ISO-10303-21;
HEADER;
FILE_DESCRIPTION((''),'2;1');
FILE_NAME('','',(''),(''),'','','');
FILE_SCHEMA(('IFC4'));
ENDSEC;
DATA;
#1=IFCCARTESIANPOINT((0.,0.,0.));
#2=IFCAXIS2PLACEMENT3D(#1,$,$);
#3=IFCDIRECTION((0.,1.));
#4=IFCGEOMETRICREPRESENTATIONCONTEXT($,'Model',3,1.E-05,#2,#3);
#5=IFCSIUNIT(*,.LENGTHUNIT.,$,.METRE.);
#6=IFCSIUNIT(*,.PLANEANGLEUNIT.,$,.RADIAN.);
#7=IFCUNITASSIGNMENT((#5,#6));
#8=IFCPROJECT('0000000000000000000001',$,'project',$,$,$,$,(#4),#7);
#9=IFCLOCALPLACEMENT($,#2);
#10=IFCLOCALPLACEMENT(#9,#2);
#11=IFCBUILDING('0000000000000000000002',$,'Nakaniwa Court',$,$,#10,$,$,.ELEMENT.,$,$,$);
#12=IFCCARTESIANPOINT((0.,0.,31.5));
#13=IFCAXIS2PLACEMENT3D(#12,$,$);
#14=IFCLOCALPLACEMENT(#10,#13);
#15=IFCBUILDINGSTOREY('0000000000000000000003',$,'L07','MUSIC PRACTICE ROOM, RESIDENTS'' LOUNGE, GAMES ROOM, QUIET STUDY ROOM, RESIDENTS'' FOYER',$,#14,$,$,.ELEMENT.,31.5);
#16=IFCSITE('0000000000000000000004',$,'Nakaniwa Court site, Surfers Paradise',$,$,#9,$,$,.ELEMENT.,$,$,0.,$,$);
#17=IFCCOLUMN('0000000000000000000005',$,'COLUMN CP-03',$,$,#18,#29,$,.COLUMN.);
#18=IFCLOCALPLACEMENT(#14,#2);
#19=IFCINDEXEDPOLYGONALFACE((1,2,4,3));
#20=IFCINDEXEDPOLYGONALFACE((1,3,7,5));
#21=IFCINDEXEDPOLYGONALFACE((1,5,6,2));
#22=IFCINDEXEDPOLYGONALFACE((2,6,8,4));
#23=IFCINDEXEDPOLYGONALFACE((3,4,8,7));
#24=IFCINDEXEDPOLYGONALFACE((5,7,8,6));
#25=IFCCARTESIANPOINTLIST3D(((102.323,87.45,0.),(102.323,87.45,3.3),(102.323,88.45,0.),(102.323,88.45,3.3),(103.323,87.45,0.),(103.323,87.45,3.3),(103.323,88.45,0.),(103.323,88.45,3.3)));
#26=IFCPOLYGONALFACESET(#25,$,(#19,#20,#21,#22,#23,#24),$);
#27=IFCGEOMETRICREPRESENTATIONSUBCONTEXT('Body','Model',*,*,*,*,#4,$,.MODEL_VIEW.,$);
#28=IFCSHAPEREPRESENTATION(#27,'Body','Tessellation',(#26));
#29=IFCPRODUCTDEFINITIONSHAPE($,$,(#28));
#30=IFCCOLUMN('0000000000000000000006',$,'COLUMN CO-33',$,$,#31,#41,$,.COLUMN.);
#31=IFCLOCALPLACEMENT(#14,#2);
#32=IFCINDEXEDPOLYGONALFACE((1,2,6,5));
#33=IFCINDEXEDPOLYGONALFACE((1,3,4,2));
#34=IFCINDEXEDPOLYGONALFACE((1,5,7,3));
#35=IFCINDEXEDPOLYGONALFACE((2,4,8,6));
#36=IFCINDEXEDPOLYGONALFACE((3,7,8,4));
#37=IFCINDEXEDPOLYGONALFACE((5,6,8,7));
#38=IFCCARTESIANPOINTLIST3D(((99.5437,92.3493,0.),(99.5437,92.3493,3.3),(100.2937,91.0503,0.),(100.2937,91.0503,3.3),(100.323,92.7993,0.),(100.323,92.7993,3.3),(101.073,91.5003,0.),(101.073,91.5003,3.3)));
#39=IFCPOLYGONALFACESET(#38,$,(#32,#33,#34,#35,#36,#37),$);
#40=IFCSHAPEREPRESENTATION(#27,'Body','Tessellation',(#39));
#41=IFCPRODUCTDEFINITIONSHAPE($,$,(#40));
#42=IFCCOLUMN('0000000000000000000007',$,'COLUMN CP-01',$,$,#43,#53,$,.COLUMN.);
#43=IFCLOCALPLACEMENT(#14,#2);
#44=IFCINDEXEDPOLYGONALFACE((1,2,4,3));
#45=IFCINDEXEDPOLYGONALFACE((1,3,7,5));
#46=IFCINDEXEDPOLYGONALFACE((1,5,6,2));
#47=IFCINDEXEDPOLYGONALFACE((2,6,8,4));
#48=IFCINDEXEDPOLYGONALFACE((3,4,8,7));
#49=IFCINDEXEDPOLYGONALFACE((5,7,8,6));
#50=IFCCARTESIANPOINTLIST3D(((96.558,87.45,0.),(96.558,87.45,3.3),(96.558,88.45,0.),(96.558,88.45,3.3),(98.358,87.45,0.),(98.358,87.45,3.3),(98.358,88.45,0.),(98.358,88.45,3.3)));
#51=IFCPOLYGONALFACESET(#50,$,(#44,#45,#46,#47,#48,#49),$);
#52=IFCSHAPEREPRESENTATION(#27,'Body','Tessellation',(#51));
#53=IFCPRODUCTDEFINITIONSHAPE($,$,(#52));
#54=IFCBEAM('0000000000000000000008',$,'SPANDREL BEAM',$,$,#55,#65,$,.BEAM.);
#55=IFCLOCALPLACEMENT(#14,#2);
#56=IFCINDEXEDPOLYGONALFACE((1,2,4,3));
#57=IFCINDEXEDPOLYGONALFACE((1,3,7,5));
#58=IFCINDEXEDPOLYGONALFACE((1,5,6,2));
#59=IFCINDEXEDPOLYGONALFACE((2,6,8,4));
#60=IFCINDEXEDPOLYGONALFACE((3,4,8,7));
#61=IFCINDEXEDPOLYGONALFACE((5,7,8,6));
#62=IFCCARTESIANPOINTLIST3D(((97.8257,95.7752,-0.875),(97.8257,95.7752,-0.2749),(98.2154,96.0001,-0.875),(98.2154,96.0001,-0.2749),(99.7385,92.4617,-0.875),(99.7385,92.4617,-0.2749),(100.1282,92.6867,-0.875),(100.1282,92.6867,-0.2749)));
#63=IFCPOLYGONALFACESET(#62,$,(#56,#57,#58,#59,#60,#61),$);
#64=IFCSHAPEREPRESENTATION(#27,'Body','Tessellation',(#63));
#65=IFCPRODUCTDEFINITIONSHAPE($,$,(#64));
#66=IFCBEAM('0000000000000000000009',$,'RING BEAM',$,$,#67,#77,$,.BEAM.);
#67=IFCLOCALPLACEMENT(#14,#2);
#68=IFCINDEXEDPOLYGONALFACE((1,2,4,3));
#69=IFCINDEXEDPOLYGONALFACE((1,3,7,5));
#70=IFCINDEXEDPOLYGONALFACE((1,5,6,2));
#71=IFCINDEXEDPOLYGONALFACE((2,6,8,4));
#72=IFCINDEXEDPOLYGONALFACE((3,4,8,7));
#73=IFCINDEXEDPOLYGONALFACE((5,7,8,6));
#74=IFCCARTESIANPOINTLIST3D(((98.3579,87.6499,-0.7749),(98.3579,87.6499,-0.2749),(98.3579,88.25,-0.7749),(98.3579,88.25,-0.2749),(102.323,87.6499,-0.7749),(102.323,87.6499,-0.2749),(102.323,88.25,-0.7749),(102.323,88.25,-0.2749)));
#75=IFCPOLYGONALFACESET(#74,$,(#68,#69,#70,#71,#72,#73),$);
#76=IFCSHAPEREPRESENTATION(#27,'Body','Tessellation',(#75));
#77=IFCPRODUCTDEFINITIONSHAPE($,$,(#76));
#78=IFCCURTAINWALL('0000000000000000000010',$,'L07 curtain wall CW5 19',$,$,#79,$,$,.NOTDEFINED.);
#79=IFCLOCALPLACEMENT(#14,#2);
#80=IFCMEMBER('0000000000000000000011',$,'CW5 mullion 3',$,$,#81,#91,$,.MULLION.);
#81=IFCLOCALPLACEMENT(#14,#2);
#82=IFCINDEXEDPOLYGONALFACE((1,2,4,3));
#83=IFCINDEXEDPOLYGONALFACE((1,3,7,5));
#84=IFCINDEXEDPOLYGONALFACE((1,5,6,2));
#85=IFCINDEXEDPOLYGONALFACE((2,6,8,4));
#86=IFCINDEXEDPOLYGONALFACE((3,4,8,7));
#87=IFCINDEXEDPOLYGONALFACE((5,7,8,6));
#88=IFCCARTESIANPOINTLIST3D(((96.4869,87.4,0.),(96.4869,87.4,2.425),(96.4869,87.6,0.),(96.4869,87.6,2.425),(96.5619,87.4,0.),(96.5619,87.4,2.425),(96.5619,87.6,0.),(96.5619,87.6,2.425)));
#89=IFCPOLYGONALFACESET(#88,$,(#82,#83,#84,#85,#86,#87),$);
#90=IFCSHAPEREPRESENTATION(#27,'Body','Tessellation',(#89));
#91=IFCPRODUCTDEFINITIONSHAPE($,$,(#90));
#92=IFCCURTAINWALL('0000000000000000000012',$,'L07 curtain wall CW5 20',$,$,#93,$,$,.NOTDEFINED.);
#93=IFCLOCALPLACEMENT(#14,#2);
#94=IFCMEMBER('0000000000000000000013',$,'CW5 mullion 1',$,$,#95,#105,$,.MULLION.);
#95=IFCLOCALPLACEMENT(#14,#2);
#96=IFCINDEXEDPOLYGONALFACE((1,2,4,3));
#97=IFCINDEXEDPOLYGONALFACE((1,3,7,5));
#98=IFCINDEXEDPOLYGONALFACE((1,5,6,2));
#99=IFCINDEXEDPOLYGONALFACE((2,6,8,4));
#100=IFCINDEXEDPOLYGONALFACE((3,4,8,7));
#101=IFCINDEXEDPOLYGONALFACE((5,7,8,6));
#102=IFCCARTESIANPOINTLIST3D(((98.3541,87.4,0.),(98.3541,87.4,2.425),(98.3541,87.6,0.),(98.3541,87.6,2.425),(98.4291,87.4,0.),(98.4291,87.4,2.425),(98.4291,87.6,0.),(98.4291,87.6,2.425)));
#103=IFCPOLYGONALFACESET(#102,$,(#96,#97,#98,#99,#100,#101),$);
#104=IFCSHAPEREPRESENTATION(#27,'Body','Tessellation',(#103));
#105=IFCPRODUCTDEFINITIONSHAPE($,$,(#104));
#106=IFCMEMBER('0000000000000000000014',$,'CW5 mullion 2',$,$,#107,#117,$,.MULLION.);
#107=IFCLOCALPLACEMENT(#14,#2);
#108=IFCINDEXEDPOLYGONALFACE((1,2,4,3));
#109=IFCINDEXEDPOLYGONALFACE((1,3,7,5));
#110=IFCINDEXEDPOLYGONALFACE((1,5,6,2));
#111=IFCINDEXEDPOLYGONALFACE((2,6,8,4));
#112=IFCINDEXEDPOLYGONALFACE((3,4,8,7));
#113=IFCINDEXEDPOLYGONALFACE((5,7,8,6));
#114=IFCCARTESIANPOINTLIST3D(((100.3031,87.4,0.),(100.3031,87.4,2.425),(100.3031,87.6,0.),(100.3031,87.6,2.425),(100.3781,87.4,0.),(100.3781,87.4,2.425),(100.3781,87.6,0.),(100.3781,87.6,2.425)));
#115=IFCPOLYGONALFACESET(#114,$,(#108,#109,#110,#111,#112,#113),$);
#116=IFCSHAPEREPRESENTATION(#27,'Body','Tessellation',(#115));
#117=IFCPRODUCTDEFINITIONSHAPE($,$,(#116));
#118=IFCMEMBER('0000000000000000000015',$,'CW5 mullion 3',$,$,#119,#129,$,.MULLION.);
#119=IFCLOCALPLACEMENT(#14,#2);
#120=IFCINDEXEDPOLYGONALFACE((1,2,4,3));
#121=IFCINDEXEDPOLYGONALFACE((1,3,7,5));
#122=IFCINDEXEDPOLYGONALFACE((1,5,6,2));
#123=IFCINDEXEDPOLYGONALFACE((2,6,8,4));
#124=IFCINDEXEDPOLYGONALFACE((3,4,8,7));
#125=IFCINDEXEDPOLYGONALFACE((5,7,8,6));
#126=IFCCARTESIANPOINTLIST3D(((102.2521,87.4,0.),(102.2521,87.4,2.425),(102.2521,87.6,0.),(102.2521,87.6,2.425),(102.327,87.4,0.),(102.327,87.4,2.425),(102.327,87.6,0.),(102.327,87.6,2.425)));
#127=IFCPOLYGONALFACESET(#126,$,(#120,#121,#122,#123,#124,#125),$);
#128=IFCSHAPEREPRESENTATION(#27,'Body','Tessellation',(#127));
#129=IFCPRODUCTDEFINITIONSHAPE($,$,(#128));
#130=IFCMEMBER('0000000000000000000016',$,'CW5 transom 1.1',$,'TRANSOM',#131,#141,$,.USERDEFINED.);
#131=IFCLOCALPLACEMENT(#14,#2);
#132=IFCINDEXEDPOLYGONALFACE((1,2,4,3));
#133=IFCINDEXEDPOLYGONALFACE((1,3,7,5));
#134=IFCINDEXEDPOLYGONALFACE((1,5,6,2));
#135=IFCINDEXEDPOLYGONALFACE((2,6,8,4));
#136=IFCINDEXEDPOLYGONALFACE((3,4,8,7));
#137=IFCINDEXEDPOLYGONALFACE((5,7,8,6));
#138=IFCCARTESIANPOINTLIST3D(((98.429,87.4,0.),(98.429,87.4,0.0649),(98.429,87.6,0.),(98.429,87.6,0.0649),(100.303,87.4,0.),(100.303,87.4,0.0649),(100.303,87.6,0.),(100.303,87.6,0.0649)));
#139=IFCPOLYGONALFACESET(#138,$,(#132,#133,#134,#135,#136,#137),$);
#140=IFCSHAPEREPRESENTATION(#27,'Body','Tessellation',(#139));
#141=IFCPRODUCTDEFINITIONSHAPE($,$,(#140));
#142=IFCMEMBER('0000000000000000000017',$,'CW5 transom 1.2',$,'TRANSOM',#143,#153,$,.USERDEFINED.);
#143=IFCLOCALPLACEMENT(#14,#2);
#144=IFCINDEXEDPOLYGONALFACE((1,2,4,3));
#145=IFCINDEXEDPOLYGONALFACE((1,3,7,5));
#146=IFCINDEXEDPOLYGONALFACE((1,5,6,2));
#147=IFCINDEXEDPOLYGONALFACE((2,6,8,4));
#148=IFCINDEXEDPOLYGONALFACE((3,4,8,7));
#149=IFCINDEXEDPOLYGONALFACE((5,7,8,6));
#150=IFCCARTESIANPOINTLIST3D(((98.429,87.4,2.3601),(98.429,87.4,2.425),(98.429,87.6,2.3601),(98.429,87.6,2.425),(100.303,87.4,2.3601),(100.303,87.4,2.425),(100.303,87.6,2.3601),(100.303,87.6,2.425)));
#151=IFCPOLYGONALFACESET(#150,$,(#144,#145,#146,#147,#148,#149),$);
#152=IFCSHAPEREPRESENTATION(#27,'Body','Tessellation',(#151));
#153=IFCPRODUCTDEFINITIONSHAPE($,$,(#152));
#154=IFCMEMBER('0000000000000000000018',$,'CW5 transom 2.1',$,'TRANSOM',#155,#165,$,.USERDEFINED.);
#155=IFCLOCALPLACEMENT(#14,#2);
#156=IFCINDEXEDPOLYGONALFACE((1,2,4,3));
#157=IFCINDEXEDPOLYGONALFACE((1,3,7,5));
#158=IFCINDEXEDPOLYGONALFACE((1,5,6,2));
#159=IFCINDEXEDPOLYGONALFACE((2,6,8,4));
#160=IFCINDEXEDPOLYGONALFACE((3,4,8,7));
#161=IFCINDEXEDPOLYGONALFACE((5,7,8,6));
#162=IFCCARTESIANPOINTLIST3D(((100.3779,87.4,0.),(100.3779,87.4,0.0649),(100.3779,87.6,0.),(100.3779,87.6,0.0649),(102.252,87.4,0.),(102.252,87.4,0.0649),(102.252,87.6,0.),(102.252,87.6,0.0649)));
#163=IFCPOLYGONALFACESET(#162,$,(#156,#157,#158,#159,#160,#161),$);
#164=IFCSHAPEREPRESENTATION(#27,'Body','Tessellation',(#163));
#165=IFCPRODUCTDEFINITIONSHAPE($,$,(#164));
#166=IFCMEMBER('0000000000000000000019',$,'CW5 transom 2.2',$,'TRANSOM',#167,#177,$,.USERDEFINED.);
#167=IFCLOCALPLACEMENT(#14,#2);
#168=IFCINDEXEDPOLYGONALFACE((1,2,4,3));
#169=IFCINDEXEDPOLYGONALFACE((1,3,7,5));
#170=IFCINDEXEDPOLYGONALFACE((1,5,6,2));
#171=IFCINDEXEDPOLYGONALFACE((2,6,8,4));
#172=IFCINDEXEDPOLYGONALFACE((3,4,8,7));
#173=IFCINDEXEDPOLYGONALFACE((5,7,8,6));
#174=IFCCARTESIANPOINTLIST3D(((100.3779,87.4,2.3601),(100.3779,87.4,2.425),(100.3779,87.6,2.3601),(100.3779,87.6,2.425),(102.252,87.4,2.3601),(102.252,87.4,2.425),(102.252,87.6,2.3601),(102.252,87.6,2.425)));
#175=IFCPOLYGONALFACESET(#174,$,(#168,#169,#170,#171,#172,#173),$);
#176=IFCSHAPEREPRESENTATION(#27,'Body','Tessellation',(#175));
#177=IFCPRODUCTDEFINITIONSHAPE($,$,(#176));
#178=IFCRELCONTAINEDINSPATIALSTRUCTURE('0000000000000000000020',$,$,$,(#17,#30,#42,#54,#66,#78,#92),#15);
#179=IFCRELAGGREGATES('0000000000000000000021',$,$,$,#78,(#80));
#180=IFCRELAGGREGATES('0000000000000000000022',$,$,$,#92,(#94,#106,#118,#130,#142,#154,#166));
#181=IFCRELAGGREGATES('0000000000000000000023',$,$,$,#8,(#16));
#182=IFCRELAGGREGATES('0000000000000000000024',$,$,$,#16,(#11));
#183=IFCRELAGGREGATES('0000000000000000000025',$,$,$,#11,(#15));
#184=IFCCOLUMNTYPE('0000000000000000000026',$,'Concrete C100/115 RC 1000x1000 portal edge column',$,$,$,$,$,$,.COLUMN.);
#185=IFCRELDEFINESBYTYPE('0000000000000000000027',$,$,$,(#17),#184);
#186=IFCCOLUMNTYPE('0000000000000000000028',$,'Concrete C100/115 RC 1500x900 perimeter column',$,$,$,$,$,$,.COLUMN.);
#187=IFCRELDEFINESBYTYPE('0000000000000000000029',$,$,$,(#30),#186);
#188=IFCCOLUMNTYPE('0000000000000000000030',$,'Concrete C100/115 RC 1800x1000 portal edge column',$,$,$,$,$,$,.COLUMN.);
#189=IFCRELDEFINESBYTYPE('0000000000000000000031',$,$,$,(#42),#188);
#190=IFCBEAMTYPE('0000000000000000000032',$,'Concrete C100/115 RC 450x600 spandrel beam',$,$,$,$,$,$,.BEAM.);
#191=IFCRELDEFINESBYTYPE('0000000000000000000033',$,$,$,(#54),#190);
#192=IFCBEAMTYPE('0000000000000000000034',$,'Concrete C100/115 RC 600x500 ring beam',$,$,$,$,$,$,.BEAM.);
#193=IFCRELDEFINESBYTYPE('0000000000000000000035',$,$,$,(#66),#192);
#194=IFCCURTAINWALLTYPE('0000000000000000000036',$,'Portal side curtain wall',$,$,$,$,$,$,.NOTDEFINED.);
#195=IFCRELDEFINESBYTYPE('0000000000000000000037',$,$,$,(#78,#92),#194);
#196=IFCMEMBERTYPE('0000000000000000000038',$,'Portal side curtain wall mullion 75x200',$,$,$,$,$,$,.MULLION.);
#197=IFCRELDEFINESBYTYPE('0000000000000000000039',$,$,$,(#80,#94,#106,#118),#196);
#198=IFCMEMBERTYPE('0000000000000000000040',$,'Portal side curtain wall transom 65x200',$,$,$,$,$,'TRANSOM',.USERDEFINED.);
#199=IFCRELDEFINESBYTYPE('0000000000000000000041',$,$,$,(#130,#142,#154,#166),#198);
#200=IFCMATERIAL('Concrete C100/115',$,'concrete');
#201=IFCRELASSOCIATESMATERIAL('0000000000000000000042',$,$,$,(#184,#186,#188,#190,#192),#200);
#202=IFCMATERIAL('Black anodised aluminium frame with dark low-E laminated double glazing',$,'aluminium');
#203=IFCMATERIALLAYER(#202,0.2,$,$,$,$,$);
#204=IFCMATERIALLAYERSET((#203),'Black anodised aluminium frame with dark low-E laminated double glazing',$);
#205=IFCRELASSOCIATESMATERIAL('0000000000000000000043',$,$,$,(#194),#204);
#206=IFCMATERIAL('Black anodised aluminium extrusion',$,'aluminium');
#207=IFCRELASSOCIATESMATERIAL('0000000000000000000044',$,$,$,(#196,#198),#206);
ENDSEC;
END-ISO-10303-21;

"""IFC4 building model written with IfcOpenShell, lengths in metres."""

from ifc_helpers import new_model, si_unit, direction, frame, origin, origin_2d, place, context, subcontext, project, spatial, rectangle, extrude, material, layer, layer_set, material_profile, profile_set, type_object, element, aggregate, save


model = new_model("IFC4")

# Units and contexts
model_context = context("Model", 3, precision=1e-05, world=origin(), true_north=direction((0.0, 1.0)))
body_context = subcontext(model_context, "Body", "Model", "MODEL_VIEW")
ifc_project = project(units=[si_unit("LENGTHUNIT", "METRE"), si_unit("PLANEANGLEUNIT", "RADIAN")], contexts=[model_context])

# Site, building, storey
site_placement = place(None, origin())
site = spatial("IfcSite", under=ifc_project, at=site_placement, Name="Nakaniwa Court site, Surfers Paradise", CompositionType="ELEMENT", RefElevation=0.0)
building_placement = place(site_placement, origin())
building = spatial("IfcBuilding", under=site, at=building_placement, Name="Nakaniwa Court", CompositionType="ELEMENT")
storey_placement = place(building_placement, frame((0.0, 0.0, 31.5)))
storey = spatial("IfcBuildingStorey", under=building, at=storey_placement, Name="L07", Description="MUSIC PRACTICE ROOM, RESIDENTS' LOUNGE, GAMES ROOM, QUIET STUDY ROOM, RESIDENTS' FOYER", CompositionType="ELEMENT", Elevation=31.5)

# Columns
ifc_material_1 = material(Name="Concrete C100/115", Category="concrete")
ifc_material_profile_1 = material_profile(ifc_material_1, rectangle(XDim=1.0, YDim=1.0, at=origin_2d()), Name="Concrete C100/115 RC 1000x1000 portal edge column")
ifc_profile_set_1 = profile_set([ifc_material_profile_1], Name="Concrete C100/115")
column_type_1 = type_object("IfcColumnType", Name="Concrete C100/115 RC 1000x1000 portal edge column", PredefinedType="COLUMN", material=ifc_profile_set_1)
column_1_placement = place(storey_placement, frame((102.823, 87.95, 0.0), z_axis=(0.0, 0.0, 1.0), x_axis=(1.0, 0.0, 0.0)))
element("IfcColumn", 1, at=column_1_placement, inside=storey, type_object=column_type_1, Name="COLUMN CP-03", PredefinedType="COLUMN", context=body_context, shape_type="SweptSolid", body=[
    extrude(rectangle(XDim=1.0, YDim=1.0, at=origin_2d()), origin(), (0.0, 0.0, 1.0), 3.3),
])
ifc_material_profile_2 = material_profile(ifc_material_1, rectangle(XDim=1.5, YDim=0.8999, at=origin_2d()), Name="Concrete C100/115 RC 1500x900 perimeter column")
ifc_profile_set_2 = profile_set([ifc_material_profile_2], Name="Concrete C100/115")
column_type_2 = type_object("IfcColumnType", Name="Concrete C100/115 RC 1500x900 perimeter column", PredefinedType="COLUMN", material=ifc_profile_set_2)
column_2_placement = place(storey_placement, frame((100.3083, 91.9248, 0.0), z_axis=(0.0, 0.0, 1.0), x_axis=(-0.5, 0.866025, 0.0)))
element("IfcColumn", 2, at=column_2_placement, inside=storey, type_object=column_type_2, Name="COLUMN CO-33", PredefinedType="COLUMN", context=body_context, shape_type="SweptSolid", body=[
    extrude(rectangle(XDim=1.5, YDim=0.8999, at=origin_2d()), origin(), (0.0, 0.0, 1.0), 3.3),
])
ifc_material_profile_3 = material_profile(ifc_material_1, rectangle(XDim=1.8, YDim=1.0, at=origin_2d()), Name="Concrete C100/115 RC 1800x1000 portal edge column")
ifc_profile_set_3 = profile_set([ifc_material_profile_3], Name="Concrete C100/115")
column_type_3 = type_object("IfcColumnType", Name="Concrete C100/115 RC 1800x1000 portal edge column", PredefinedType="COLUMN", material=ifc_profile_set_3)
column_3_placement = place(storey_placement, frame((97.458, 87.95, 0.0), z_axis=(0.0, 0.0, 1.0), x_axis=(1.0, 0.0, 0.0)))
element("IfcColumn", 3, at=column_3_placement, inside=storey, type_object=column_type_3, Name="COLUMN CP-01", PredefinedType="COLUMN", context=body_context, shape_type="SweptSolid", body=[
    extrude(rectangle(XDim=1.8, YDim=1.0, at=origin_2d()), origin(), (0.0, 0.0, 1.0), 3.3),
])

# Beams
ifc_material_profile_4 = material_profile(ifc_material_1, rectangle(XDim=0.45, YDim=0.6001, at=origin_2d()), Name="Concrete C100/115 RC 450x600 spandrel beam")
ifc_profile_set_4 = profile_set([ifc_material_profile_4], Name="Concrete C100/115")
beam_type_1 = type_object("IfcBeamType", Name="Concrete C100/115 RC 450x600 spandrel beam", PredefinedType="BEAM", material=ifc_profile_set_4)
beam_1_placement = place(storey_placement, frame((99.9333, 92.5742, -0.575), z_axis=(-0.499962, 0.866047, 0.0), x_axis=(-0.866047, -0.499962, 0.0)))
element("IfcBeam", 4, at=beam_1_placement, inside=storey, type_object=beam_type_1, Name="SPANDREL BEAM", PredefinedType="BEAM", context=body_context, shape_type="SweptSolid", body=[
    extrude(rectangle(XDim=0.45, YDim=0.6001, at=origin_2d()), origin(), (0.0, 0.0, 1.0), 3.8259),
])
ifc_material_profile_5 = material_profile(ifc_material_1, rectangle(XDim=0.6001, YDim=0.5, at=origin_2d()), Name="Concrete C100/115 RC 600x500 ring beam")
ifc_profile_set_5 = profile_set([ifc_material_profile_5], Name="Concrete C100/115")
beam_type_2 = type_object("IfcBeamType", Name="Concrete C100/115 RC 600x500 ring beam", PredefinedType="BEAM", material=ifc_profile_set_5)
beam_2_placement = place(storey_placement, frame((98.3579, 87.95, -0.5249), z_axis=(1.0, 0.0, 0.0), x_axis=(0.0, 1.0, 0.0)))
element("IfcBeam", 5, at=beam_2_placement, inside=storey, type_object=beam_type_2, Name="RING BEAM", PredefinedType="BEAM", context=body_context, shape_type="SweptSolid", body=[
    extrude(rectangle(XDim=0.6001, YDim=0.5, at=origin_2d()), origin(), (0.0, 0.0, 1.0), 3.9651),
])

# Curtain wall, member
ifc_material_2 = material(Name="Black anodised aluminium frame with dark low-E laminated double glazing", Category="aluminium")
ifc_layer_1 = layer(ifc_material_2, 0.2)
ifc_layer_set_1 = layer_set([ifc_layer_1], Name="Black anodised aluminium frame with dark low-E laminated double glazing")
curtain_wall_type = type_object("IfcCurtainWallType", Name="Portal side curtain wall", PredefinedType="NOTDEFINED", material=ifc_layer_set_1)
curtain_wall_1_placement = place(storey_placement, origin())
curtain_wall_1 = element("IfcCurtainWall", 6, at=curtain_wall_1_placement, inside=storey, type_object=curtain_wall_type, Name="L07 curtain wall CW5 19", PredefinedType="NOTDEFINED")
ifc_material_3 = material(Name="Black anodised aluminium extrusion", Category="aluminium")
ifc_material_profile_6 = material_profile(ifc_material_3, rectangle(XDim=0.2, YDim=0.075, at=origin_2d()), Name="Portal side curtain wall mullion 75x200")
ifc_profile_set_6 = profile_set([ifc_material_profile_6], Name="Black anodised aluminium extrusion")
member_type_1 = type_object("IfcMemberType", Name="Portal side curtain wall mullion 75x200", PredefinedType="MULLION", material=ifc_profile_set_6)
member_1_placement = place(storey_placement, frame((96.5244, 87.5, 0.0), z_axis=(0.0, 0.0, 1.0), x_axis=(0.0, 1.0, 0.0)))
member_1 = element("IfcMember", 7, at=member_1_placement, type_object=member_type_1, Name="CW5 mullion 3", PredefinedType="MULLION", context=body_context, shape_type="SweptSolid", body=[
    extrude(rectangle(XDim=0.2, YDim=0.075, at=origin_2d()), origin(), (0.0, 0.0, 1.0), 2.425),
])
aggregate(curtain_wall_1, [member_1])

# Curtain wall, members
curtain_wall_2_placement = place(storey_placement, origin())
curtain_wall_2 = element("IfcCurtainWall", 8, at=curtain_wall_2_placement, inside=storey, type_object=curtain_wall_type, Name="L07 curtain wall CW5 20", PredefinedType="NOTDEFINED")
member_2_placement = place(storey_placement, frame((98.3916, 87.5, 0.0), z_axis=(0.0, 0.0, 1.0), x_axis=(0.0, 1.0, 0.0)))
member_2 = element("IfcMember", 9, at=member_2_placement, type_object=member_type_1, Name="CW5 mullion 1", PredefinedType="MULLION", context=body_context, shape_type="SweptSolid", body=[
    extrude(rectangle(XDim=0.2, YDim=0.075, at=origin_2d()), origin(), (0.0, 0.0, 1.0), 2.425),
])
member_3_placement = place(storey_placement, frame((100.3406, 87.5, 0.0), z_axis=(0.0, 0.0, 1.0), x_axis=(0.0, 1.0, 0.0)))
member_3 = element("IfcMember", 10, at=member_3_placement, type_object=member_type_1, Name="CW5 mullion 2", PredefinedType="MULLION", context=body_context, shape_type="SweptSolid", body=[
    extrude(rectangle(XDim=0.2, YDim=0.075, at=origin_2d()), origin(), (0.0, 0.0, 1.0), 2.425),
])
member_4_placement = place(storey_placement, frame((102.2896, 87.5, 0.0), z_axis=(0.0, 0.0, 1.0), x_axis=(0.0, 1.0, 0.0)))
member_4 = element("IfcMember", 11, at=member_4_placement, type_object=member_type_1, Name="CW5 mullion 3", PredefinedType="MULLION", context=body_context, shape_type="SweptSolid", body=[
    extrude(rectangle(XDim=0.2, YDim=0.075, at=origin_2d()), origin(), (0.0, 0.0, 1.0), 2.425),
])
ifc_material_profile_7 = material_profile(ifc_material_3, rectangle(XDim=0.2, YDim=0.0649, at=origin_2d()), Name="Portal side curtain wall transom 65x200")
ifc_profile_set_7 = profile_set([ifc_material_profile_7], Name="Black anodised aluminium extrusion")
member_type_2 = type_object("IfcMemberType", Name="Portal side curtain wall transom 65x200", ElementType="TRANSOM", PredefinedType="USERDEFINED", material=ifc_profile_set_7)
member_5_placement = place(storey_placement, frame((98.429, 87.5, 0.0325), z_axis=(1.0, 0.0, 0.0), x_axis=(0.0, 1.0, 0.0)))
member_5 = element("IfcMember", 12, at=member_5_placement, type_object=member_type_2, Name="CW5 transom 1.1", ObjectType="TRANSOM", PredefinedType="USERDEFINED", context=body_context, shape_type="SweptSolid", body=[
    extrude(rectangle(XDim=0.2, YDim=0.0649, at=origin_2d()), origin(), (0.0, 0.0, 1.0), 1.874),
])
member_6_placement = place(storey_placement, frame((98.429, 87.5, 2.3926), z_axis=(1.0, 0.0, 0.0), x_axis=(0.0, 1.0, 0.0)))
member_6 = element("IfcMember", 13, at=member_6_placement, type_object=member_type_2, Name="CW5 transom 1.2", ObjectType="TRANSOM", PredefinedType="USERDEFINED", context=body_context, shape_type="SweptSolid", body=[
    extrude(rectangle(XDim=0.2, YDim=0.0649, at=origin_2d()), origin(), (0.0, 0.0, 1.0), 1.874),
])
member_7_placement = place(storey_placement, frame((100.3779, 87.5, 0.0325), z_axis=(1.0, 0.0, 0.0), x_axis=(0.0, 1.0, 0.0)))
member_7 = element("IfcMember", 14, at=member_7_placement, type_object=member_type_2, Name="CW5 transom 2.1", ObjectType="TRANSOM", PredefinedType="USERDEFINED", context=body_context, shape_type="SweptSolid", body=[
    extrude(rectangle(XDim=0.2, YDim=0.0649, at=origin_2d()), origin(), (0.0, 0.0, 1.0), 1.874),
])
member_8_placement = place(storey_placement, frame((100.3779, 87.5, 2.3926), z_axis=(1.0, 0.0, 0.0), x_axis=(0.0, 1.0, 0.0)))
member_8 = element("IfcMember", 15, at=member_8_placement, type_object=member_type_2, Name="CW5 transom 2.2", ObjectType="TRANSOM", PredefinedType="USERDEFINED", context=body_context, shape_type="SweptSolid", body=[
    extrude(rectangle(XDim=0.2, YDim=0.0649, at=origin_2d()), origin(), (0.0, 0.0, 1.0), 1.874),
])
aggregate(curtain_wall_2, [member_2, member_3, member_4, member_5, member_6, member_7, member_8])

save(model, "model.ifc")
